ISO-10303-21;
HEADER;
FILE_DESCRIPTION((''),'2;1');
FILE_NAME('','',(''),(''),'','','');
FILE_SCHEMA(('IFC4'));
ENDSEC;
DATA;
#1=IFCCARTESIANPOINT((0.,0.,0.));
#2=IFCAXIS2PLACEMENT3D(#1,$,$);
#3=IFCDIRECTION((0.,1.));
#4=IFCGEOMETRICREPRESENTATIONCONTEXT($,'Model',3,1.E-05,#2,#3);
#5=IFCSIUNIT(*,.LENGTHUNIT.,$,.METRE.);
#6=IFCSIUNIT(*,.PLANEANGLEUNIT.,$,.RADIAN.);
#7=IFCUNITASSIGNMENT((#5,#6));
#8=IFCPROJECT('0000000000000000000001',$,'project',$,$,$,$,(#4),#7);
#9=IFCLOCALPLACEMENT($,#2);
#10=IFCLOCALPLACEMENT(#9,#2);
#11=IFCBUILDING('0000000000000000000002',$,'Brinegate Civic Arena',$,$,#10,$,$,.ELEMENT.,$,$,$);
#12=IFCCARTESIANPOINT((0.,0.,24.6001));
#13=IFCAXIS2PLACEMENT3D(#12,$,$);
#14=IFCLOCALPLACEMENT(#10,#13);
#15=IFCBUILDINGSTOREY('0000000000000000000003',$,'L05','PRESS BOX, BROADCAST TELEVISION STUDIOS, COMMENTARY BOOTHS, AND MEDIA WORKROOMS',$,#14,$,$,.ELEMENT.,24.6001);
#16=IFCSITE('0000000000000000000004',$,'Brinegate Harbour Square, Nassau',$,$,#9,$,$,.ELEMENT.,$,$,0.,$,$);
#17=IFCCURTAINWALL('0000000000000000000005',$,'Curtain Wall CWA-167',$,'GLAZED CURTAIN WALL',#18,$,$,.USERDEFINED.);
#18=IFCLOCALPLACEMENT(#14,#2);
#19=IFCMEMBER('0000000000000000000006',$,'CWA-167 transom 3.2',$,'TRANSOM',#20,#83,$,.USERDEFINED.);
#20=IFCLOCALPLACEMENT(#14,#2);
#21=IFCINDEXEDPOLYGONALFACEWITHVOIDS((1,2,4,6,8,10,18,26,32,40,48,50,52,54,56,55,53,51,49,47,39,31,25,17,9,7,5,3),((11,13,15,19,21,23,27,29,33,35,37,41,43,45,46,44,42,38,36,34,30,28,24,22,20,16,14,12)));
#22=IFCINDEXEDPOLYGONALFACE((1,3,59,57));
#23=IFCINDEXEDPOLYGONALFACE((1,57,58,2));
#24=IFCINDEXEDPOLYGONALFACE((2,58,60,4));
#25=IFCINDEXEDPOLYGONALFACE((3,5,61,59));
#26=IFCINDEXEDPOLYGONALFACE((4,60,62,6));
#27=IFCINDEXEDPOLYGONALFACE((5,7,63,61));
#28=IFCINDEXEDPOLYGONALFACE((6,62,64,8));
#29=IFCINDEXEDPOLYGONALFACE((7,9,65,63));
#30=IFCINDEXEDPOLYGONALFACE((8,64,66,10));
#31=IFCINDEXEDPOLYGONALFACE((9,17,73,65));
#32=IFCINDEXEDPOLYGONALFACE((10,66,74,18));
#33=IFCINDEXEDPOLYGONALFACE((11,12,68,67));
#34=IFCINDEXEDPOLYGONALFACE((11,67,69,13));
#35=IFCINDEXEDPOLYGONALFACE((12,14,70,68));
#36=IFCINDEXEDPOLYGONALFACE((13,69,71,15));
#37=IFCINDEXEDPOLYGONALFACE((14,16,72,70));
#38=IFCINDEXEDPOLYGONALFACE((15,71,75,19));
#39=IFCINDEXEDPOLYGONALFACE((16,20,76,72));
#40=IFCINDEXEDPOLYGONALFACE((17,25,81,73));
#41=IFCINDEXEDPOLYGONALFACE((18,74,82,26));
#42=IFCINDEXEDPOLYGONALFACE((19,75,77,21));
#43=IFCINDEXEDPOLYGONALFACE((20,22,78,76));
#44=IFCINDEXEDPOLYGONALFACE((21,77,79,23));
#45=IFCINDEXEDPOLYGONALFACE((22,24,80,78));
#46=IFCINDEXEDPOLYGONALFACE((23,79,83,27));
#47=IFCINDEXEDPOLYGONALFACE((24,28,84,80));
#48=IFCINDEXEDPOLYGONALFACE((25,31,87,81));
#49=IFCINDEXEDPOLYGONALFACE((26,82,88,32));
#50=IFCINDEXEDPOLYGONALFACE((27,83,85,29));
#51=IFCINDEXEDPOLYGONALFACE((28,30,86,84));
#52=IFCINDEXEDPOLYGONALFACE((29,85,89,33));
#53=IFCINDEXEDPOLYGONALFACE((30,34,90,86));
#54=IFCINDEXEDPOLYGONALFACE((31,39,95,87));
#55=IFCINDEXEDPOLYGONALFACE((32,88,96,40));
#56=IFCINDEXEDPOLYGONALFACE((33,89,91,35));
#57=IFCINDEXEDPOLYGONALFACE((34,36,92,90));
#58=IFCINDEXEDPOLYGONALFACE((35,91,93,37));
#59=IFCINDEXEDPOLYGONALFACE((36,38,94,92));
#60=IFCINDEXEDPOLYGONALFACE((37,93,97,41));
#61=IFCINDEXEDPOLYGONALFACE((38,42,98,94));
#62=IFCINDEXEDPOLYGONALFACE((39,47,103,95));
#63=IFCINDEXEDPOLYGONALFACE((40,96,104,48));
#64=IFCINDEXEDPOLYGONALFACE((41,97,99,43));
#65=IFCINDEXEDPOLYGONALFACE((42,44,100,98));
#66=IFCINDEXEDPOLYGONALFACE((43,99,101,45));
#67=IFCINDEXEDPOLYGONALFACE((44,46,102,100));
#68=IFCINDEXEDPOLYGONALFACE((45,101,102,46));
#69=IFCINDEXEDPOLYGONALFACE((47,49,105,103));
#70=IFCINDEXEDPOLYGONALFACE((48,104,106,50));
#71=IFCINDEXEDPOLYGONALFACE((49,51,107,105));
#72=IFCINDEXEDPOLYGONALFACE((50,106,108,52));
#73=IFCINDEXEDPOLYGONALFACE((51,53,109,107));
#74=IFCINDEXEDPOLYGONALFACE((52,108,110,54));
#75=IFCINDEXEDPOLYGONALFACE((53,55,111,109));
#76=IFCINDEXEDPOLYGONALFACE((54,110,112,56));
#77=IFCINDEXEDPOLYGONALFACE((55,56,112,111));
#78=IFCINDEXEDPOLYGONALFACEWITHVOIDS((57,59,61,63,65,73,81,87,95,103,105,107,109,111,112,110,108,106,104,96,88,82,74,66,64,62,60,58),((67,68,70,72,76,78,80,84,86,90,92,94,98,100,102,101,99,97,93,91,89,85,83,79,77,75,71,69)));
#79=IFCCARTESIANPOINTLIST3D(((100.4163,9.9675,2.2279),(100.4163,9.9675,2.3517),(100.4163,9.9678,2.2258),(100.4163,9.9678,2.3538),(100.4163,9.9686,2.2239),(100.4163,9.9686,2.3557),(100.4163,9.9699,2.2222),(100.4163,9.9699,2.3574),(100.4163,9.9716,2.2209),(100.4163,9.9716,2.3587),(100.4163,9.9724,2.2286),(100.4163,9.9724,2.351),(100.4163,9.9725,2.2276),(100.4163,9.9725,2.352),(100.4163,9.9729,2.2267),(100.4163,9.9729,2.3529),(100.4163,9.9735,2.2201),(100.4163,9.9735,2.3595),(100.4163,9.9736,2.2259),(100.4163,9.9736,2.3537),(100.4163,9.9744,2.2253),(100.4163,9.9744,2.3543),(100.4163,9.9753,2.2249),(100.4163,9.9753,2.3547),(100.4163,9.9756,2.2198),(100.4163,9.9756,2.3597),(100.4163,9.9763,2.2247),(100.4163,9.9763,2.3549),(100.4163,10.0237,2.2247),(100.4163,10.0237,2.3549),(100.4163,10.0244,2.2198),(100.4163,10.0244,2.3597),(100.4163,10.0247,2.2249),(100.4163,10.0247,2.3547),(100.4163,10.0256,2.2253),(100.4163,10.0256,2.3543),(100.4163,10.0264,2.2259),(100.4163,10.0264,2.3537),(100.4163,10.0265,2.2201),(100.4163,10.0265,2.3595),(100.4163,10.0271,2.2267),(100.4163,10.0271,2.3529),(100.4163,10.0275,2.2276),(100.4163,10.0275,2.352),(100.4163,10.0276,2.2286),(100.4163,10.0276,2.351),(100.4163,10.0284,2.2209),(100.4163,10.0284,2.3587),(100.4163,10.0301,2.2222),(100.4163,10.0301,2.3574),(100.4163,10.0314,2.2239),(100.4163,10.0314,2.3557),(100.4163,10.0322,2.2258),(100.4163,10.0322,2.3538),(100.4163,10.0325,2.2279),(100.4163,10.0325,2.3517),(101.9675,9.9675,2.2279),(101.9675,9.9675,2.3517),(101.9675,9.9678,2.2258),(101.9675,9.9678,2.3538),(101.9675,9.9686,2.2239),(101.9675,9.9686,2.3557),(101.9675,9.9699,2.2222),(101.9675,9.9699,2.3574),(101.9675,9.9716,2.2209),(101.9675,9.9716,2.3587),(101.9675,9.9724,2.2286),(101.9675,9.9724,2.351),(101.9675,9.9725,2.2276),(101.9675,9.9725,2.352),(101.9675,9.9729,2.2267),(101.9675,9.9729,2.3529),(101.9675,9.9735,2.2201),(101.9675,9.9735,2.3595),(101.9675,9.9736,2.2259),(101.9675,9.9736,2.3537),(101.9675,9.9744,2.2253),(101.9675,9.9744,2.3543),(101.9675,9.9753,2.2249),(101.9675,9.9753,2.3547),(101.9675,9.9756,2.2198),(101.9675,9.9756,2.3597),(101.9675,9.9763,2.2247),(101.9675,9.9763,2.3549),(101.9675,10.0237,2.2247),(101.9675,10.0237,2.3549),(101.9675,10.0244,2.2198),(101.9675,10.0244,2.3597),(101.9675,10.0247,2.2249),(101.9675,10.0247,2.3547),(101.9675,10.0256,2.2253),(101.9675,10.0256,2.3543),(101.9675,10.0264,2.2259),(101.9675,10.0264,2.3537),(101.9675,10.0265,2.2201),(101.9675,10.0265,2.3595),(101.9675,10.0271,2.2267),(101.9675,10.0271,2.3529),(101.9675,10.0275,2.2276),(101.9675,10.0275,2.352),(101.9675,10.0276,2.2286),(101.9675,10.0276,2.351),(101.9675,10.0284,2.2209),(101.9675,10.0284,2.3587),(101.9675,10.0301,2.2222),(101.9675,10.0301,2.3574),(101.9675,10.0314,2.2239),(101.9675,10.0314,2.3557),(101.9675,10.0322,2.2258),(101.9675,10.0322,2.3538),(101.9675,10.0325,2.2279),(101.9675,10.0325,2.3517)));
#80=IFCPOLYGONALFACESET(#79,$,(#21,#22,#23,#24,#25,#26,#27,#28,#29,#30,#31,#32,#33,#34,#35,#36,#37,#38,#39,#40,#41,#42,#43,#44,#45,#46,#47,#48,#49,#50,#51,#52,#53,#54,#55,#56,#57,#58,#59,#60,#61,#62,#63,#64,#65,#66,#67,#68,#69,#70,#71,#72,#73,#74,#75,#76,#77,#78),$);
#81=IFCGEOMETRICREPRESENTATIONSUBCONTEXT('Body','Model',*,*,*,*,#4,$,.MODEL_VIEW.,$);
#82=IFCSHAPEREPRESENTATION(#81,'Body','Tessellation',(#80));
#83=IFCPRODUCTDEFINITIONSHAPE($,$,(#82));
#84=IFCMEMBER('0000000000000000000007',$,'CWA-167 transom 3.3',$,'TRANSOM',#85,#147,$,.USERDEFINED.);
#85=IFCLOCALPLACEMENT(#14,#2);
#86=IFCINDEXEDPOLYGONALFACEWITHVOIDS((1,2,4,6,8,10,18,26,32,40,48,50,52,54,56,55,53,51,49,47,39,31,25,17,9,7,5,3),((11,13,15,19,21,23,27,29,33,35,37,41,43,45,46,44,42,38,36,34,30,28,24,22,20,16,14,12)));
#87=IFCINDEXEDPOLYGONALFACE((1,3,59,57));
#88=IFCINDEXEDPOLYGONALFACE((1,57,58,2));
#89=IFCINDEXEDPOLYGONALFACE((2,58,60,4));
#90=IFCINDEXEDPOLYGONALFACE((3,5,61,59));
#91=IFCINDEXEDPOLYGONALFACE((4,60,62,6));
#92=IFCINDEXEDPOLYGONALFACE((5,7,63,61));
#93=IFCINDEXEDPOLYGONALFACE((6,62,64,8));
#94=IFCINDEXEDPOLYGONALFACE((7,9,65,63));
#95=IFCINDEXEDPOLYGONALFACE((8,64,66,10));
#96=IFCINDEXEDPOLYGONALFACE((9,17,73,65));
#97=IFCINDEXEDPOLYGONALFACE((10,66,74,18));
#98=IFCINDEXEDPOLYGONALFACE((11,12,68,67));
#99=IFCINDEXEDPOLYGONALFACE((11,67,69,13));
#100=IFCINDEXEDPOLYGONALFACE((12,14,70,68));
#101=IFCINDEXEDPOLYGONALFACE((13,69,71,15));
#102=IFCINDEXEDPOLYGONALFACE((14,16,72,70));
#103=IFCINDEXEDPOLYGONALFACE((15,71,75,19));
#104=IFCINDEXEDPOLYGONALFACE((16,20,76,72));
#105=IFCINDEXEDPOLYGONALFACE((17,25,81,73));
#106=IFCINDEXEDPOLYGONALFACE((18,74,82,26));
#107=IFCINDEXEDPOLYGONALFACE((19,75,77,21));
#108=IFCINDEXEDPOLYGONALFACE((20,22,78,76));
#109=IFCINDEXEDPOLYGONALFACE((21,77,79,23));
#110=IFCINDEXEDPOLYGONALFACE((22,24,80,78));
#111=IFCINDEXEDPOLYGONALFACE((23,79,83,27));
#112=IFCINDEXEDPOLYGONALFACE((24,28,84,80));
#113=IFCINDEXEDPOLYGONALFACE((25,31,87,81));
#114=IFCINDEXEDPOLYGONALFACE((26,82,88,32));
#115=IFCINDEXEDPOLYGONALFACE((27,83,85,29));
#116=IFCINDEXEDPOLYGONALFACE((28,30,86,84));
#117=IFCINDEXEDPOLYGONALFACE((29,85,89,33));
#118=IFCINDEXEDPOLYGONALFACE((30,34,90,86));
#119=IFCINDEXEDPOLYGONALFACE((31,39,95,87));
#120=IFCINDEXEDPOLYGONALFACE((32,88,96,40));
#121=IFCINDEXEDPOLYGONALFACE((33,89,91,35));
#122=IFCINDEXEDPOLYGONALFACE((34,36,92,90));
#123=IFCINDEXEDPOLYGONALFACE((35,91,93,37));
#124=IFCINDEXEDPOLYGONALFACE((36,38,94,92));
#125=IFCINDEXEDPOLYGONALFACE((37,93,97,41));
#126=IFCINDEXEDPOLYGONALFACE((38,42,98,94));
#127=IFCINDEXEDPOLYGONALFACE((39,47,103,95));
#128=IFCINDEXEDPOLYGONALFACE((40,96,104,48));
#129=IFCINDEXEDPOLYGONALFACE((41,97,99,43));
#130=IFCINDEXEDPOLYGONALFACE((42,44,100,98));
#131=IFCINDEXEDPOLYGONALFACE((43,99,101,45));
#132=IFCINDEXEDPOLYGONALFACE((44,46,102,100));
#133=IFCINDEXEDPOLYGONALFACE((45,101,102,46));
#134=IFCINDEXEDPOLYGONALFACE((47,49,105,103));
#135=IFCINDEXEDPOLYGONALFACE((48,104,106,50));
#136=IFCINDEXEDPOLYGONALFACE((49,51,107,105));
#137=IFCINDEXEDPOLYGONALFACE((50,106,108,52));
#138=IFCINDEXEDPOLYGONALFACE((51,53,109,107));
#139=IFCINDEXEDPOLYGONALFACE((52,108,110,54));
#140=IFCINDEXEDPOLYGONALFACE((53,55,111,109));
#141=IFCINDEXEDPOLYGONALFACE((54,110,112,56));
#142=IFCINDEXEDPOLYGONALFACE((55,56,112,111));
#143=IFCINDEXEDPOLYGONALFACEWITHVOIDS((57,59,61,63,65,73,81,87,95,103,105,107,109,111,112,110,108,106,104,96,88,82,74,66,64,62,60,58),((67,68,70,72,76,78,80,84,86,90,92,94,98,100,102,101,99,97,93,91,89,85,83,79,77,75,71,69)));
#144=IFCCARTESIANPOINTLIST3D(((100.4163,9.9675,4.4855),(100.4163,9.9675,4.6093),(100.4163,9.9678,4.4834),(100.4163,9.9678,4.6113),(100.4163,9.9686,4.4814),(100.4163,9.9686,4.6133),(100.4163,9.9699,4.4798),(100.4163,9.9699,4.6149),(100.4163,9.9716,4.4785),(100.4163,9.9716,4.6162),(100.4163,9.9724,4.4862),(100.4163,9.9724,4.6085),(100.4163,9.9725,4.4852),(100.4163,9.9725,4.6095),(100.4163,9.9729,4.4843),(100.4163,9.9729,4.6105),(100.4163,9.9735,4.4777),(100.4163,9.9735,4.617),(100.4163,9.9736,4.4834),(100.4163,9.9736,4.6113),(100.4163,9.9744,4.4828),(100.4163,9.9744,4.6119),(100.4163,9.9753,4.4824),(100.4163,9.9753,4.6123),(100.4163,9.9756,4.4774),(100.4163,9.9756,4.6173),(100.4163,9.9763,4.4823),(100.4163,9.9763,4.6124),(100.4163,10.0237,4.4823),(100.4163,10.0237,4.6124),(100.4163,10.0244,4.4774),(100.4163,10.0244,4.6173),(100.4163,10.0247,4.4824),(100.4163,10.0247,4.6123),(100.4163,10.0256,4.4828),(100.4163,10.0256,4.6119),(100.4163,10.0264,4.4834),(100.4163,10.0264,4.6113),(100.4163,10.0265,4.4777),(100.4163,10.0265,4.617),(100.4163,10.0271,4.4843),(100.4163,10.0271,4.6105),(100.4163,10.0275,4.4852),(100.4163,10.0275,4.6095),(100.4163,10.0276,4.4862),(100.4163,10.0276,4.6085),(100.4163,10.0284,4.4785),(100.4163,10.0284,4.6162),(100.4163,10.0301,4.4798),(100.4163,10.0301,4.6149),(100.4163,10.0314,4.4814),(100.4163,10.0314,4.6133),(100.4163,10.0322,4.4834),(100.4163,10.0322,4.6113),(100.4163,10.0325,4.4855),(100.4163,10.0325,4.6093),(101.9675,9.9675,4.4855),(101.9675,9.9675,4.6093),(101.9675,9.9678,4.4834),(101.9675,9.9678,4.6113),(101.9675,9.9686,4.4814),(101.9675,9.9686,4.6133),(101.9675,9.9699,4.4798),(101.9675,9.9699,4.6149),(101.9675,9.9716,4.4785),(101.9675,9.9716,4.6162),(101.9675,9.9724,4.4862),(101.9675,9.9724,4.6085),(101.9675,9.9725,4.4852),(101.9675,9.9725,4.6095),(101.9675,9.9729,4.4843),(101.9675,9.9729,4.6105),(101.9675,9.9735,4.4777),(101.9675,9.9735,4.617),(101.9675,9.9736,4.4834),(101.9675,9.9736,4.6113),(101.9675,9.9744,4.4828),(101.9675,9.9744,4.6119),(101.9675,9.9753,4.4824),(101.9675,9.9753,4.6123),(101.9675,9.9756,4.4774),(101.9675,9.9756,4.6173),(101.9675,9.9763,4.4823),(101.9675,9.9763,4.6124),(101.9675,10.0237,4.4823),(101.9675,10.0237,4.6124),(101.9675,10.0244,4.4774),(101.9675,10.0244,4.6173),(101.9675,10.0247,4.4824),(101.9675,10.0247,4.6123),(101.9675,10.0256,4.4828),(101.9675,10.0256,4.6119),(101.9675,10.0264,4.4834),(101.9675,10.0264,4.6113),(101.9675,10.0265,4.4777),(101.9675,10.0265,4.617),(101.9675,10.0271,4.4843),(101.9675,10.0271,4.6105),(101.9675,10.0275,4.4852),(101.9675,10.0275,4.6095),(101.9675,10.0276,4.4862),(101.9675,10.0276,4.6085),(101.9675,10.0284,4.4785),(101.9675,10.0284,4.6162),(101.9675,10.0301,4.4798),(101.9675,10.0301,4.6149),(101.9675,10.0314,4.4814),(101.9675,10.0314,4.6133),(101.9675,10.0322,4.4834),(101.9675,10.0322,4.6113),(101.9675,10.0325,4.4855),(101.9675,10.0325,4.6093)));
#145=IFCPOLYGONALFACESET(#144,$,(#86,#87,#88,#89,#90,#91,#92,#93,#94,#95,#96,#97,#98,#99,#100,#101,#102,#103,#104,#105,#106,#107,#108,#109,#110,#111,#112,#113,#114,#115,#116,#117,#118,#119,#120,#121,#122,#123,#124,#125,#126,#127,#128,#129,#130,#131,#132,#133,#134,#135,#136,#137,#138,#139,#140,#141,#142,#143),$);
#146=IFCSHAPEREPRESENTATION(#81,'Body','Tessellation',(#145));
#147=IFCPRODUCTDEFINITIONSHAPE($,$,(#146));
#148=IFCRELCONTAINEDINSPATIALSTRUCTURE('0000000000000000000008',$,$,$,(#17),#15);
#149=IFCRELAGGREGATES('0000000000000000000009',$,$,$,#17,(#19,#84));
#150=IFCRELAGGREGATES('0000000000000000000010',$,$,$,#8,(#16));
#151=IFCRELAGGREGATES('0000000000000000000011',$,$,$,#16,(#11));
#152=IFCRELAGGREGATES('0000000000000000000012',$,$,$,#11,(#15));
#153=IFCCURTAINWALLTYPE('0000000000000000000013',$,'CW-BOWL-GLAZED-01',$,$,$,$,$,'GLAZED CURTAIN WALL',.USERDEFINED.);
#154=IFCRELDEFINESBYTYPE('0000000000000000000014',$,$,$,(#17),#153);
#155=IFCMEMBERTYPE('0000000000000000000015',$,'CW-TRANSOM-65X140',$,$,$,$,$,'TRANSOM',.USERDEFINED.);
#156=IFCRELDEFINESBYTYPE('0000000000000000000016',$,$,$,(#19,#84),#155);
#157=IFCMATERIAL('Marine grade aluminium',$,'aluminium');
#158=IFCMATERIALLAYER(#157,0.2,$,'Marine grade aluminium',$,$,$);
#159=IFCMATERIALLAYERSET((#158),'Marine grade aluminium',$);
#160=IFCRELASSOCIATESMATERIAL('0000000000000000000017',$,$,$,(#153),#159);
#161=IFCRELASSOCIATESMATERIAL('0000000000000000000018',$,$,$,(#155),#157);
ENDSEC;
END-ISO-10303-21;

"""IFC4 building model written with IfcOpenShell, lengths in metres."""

from ifc_helpers import new_model, si_unit, direction, frame, origin, origin_2d, place, context, subcontext, project, spatial, hollow_rectangle, extrude, material, layer, layer_set, material_profile, profile_set, type_object, element, aggregate, save


model = new_model("IFC4")

# Units and contexts
model_context = context("Model", 3, precision=1e-05, world=origin(), true_north=direction((0.0, 1.0)))
body_context = subcontext(model_context, "Body", "Model", "MODEL_VIEW")
ifc_project = project(units=[si_unit("LENGTHUNIT", "METRE"), si_unit("PLANEANGLEUNIT", "RADIAN")], contexts=[model_context])

# Site, building, storey
site_placement = place(None, origin())
site = spatial("IfcSite", under=ifc_project, at=site_placement, Name="Brinegate Harbour Square, Nassau", CompositionType="ELEMENT", RefElevation=0.0)
building_placement = place(site_placement, origin())
building = spatial("IfcBuilding", under=site, at=building_placement, Name="Brinegate Civic Arena", CompositionType="ELEMENT")
storey_placement = place(building_placement, frame((0.0, 0.0, 24.6001)))
storey = spatial("IfcBuildingStorey", under=building, at=storey_placement, Name="L05", Description="PRESS BOX, BROADCAST TELEVISION STUDIOS, COMMENTARY BOOTHS, AND MEDIA WORKROOMS", CompositionType="ELEMENT", Elevation=24.6001)

# Curtain wall, members
ifc_material_1 = material(Name="Marine grade aluminium", Category="aluminium")
ifc_layer_1 = layer(ifc_material_1, 0.2, Name="Marine grade aluminium")
ifc_layer_set_1 = layer_set([ifc_layer_1], Name="Marine grade aluminium")
curtain_wall_type = type_object("IfcCurtainWallType", Name="CW-BOWL-GLAZED-01", ElementType="GLAZED CURTAIN WALL", PredefinedType="USERDEFINED", material=ifc_layer_set_1)
curtain_wall_placement = place(storey_placement, origin())
curtain_wall = element("IfcCurtainWall", 1, at=curtain_wall_placement, inside=storey, type_object=curtain_wall_type, Name="Curtain Wall CWA-167", ObjectType="GLAZED CURTAIN WALL", PredefinedType="USERDEFINED")
ifc_material_profile_1 = material_profile(ifc_material_1, hollow_rectangle(XDim=0.0649, YDim=0.1399, WallThickness=0.0049, InnerFilletRadius=0.0039, OuterFilletRadius=0.0081, at=origin_2d()), Name="TRN65X140")
ifc_profile_set_1 = profile_set([ifc_material_profile_1], Name="Marine grade aluminium")
member_type_1 = type_object("IfcMemberType", Name="CW-TRANSOM-65X140", ElementType="TRANSOM", PredefinedType="USERDEFINED", material=ifc_profile_set_1)
member_1_placement = place(storey_placement, frame((100.4163, 10.0, 2.2898), z_axis=(1.0, 0.0, 0.0), x_axis=(0.0, 1.0, 0.0)))
member_1 = element("IfcMember", 2, at=member_1_placement, type_object=member_type_1, Name="CWA-167 transom 3.2", ObjectType="TRANSOM", PredefinedType="USERDEFINED", context=body_context, shape_type="SweptSolid", body=[
    extrude(hollow_rectangle(XDim=0.0649, YDim=0.1399, WallThickness=0.0049, InnerFilletRadius=0.0039, OuterFilletRadius=0.0081, at=origin_2d()), origin(), (0.0, 0.0, 1.0), 1.5513),
])
member_2_placement = place(storey_placement, frame((100.4163, 10.0, 4.5474), z_axis=(1.0, 0.0, 0.0), x_axis=(0.0, 1.0, 0.0)))
member_2 = element("IfcMember", 3, at=member_2_placement, type_object=member_type_1, Name="CWA-167 transom 3.3", ObjectType="TRANSOM", PredefinedType="USERDEFINED", context=body_context, shape_type="SweptSolid", body=[
    extrude(hollow_rectangle(XDim=0.0649, YDim=0.1399, WallThickness=0.0049, InnerFilletRadius=0.0039, OuterFilletRadius=0.0081, at=origin_2d()), origin(), (0.0, 0.0, 1.0), 1.5513),
])
aggregate(curtain_wall, [member_1, member_2])

save(model, "model.ifc")
